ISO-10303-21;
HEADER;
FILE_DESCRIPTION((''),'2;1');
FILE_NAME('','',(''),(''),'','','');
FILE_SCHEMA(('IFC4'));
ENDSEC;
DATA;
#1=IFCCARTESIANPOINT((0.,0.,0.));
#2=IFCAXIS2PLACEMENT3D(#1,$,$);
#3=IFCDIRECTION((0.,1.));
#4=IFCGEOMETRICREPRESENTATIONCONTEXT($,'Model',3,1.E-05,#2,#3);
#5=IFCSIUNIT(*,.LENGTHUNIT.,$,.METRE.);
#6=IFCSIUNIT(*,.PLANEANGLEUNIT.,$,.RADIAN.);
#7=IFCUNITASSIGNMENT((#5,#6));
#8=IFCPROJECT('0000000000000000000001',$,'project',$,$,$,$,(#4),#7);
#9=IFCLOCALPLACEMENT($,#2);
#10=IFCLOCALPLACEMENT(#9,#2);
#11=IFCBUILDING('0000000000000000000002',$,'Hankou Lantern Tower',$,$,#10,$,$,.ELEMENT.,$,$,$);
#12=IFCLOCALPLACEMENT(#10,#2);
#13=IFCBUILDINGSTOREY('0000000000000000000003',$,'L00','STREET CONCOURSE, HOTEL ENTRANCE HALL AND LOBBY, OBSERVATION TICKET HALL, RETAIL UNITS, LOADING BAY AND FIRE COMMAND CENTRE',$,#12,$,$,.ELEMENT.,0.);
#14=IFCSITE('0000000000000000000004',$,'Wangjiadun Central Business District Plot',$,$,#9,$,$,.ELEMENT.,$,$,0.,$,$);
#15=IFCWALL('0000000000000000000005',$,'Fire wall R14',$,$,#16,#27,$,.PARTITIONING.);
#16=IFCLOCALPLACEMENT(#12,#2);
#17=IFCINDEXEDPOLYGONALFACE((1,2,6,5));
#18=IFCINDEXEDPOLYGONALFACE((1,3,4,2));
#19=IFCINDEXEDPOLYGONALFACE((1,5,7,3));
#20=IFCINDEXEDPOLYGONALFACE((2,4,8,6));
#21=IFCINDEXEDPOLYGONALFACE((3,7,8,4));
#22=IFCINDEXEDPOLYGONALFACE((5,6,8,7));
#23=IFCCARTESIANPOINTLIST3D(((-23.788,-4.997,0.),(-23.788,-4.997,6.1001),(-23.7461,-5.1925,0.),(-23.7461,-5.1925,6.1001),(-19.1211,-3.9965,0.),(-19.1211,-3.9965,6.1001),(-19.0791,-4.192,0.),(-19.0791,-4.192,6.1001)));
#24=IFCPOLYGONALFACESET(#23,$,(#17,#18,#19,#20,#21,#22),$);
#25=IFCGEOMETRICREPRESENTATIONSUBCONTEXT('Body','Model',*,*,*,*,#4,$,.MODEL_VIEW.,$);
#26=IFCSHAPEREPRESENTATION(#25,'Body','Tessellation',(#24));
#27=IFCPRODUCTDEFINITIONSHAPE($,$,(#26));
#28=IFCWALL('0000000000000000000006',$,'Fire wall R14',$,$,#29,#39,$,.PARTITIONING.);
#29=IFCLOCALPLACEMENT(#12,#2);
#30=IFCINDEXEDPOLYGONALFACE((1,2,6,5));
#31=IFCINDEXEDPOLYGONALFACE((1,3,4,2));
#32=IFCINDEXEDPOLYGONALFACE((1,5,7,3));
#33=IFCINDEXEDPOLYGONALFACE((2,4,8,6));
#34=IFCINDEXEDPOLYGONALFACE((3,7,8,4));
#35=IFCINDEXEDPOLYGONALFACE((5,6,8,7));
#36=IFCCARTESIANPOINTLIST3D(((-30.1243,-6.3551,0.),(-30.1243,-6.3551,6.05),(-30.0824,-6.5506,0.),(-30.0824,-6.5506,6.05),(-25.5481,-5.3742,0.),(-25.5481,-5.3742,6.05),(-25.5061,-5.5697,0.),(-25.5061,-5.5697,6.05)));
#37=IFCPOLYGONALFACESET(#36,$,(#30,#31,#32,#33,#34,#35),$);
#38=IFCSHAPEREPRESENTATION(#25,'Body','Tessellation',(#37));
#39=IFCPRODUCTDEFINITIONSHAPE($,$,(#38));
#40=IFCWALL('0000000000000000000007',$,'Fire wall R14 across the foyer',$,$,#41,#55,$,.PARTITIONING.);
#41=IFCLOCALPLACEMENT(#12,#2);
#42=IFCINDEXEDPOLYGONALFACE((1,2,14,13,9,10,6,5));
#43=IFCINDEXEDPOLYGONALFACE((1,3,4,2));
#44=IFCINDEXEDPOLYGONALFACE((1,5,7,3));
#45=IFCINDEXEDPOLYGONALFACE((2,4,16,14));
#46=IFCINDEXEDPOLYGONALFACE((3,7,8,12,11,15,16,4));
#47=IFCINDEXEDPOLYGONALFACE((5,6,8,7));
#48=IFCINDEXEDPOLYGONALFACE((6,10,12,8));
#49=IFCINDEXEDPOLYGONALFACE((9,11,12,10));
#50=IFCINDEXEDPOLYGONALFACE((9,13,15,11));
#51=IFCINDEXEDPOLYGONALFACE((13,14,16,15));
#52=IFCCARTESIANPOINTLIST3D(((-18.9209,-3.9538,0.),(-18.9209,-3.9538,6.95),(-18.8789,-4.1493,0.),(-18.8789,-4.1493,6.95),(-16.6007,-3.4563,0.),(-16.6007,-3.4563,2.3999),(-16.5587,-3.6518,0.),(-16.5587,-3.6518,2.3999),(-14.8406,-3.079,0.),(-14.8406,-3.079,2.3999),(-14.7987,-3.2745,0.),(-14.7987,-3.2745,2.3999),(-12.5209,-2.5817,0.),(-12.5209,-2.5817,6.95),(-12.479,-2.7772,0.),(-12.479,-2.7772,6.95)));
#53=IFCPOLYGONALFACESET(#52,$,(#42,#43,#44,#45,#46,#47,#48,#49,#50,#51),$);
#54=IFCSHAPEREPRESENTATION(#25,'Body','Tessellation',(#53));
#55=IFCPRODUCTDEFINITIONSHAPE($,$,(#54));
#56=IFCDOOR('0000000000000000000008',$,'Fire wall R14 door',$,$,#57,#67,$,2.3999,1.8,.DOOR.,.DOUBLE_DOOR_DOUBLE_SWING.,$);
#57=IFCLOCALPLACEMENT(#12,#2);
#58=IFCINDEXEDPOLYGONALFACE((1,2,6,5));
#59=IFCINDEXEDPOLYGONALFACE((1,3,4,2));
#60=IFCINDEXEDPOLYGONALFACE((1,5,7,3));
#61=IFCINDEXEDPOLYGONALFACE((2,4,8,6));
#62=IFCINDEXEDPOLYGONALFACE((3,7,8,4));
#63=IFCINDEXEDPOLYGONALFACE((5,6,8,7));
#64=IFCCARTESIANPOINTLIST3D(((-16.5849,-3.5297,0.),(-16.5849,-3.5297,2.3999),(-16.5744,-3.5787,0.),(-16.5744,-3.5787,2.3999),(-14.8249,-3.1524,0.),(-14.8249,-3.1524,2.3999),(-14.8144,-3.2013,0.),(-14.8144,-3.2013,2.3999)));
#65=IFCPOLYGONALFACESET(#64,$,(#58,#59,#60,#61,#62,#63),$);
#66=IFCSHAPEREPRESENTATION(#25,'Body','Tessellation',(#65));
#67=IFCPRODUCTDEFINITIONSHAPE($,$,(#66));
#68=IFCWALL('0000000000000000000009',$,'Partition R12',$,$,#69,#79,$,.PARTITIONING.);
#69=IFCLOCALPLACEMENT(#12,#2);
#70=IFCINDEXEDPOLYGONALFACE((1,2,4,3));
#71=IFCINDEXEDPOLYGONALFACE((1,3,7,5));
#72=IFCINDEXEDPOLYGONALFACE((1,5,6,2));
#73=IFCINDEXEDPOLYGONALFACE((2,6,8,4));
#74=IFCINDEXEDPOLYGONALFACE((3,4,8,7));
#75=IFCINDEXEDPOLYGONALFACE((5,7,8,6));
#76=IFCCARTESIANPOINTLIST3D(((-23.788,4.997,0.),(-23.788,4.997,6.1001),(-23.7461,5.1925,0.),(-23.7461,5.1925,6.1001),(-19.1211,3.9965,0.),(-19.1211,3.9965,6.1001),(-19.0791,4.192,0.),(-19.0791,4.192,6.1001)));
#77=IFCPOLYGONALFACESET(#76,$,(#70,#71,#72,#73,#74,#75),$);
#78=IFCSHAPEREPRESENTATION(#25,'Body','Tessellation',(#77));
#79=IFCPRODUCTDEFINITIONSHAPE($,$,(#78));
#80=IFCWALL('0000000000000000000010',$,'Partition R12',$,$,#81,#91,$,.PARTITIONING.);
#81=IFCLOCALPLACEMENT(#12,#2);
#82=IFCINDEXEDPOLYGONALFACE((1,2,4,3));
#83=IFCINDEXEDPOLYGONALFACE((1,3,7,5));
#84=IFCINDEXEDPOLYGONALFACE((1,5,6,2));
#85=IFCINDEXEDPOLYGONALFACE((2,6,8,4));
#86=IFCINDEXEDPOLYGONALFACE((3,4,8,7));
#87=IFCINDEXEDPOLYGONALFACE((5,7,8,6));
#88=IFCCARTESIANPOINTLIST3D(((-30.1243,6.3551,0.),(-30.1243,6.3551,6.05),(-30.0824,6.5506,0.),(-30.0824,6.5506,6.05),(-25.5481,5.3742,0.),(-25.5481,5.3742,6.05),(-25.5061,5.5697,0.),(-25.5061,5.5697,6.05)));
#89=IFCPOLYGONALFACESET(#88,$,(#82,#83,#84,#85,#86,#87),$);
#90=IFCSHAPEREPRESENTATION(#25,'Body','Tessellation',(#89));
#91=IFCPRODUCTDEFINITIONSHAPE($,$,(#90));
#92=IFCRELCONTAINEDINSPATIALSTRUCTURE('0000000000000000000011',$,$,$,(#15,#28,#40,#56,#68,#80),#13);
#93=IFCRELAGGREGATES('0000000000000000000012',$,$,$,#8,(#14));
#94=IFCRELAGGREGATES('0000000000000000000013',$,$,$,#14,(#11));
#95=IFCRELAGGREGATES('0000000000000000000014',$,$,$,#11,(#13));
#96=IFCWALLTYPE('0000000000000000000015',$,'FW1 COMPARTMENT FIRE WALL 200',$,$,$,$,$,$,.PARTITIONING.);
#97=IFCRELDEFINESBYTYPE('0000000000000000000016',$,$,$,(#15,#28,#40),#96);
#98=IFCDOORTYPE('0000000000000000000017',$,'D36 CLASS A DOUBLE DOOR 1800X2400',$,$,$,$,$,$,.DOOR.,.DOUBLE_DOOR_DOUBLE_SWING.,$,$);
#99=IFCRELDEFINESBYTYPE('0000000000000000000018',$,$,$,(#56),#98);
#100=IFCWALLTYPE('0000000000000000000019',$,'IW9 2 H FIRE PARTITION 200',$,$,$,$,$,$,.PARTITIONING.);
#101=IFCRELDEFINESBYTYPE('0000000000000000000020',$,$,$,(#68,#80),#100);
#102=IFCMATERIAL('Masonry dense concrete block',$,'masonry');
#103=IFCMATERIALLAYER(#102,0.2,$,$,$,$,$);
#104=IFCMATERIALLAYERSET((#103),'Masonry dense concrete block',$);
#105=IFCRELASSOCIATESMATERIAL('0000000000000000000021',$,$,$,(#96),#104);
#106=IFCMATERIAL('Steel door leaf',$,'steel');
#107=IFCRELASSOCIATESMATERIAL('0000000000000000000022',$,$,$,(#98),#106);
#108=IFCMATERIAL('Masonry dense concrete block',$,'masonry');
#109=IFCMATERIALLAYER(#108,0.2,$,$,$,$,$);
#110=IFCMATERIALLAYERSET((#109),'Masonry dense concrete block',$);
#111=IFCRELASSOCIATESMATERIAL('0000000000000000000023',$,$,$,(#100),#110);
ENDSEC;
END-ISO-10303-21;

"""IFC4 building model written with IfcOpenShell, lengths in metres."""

from ifc_helpers import new_model, si_unit, direction, frame, frame_2d, origin, place, context, subcontext, project, spatial, rectangle, extrude, material, layer, layer_set, type_object, element, fill, save


model = new_model("IFC4")

# Units and contexts
model_context = context("Model", 3, precision=1e-05, world=origin(), true_north=direction((0.0, 1.0)))
body_context = subcontext(model_context, "Body", "Model", "MODEL_VIEW")
ifc_project = project(units=[si_unit("LENGTHUNIT", "METRE"), si_unit("PLANEANGLEUNIT", "RADIAN")], contexts=[model_context])

# Site, building, storey
site_placement = place(None, origin())
site = spatial("IfcSite", under=ifc_project, at=site_placement, Name="Wangjiadun Central Business District Plot", CompositionType="ELEMENT", RefElevation=0.0)
building_placement = place(site_placement, origin())
building = spatial("IfcBuilding", under=site, at=building_placement, Name="Hankou Lantern Tower", CompositionType="ELEMENT")
storey_placement = place(building_placement, origin())
storey = spatial("IfcBuildingStorey", under=building, at=storey_placement, Name="L00", Description="STREET CONCOURSE, HOTEL ENTRANCE HALL AND LOBBY, OBSERVATION TICKET HALL, RETAIL UNITS, LOADING BAY AND FIRE COMMAND CENTRE", CompositionType="ELEMENT", Elevation=0.0)

# Walls
ifc_material_1 = material(Name="Masonry dense concrete block", Category="masonry")
ifc_layer_1 = layer(ifc_material_1, 0.2)
ifc_layer_set_1 = layer_set([ifc_layer_1], Name="Masonry dense concrete block")
wall_type_1 = type_object("IfcWallType", Name="FW1 COMPARTMENT FIRE WALL 200", PredefinedType="PARTITIONING", material=ifc_layer_set_1)
wall_1_placement = place(storey_placement, frame((-19.1001, -4.0942, 0.0), z_axis=(0.0, 0.0, 1.0), x_axis=(-0.977784, -0.209613, 0.0)))
element("IfcWall", 1, at=wall_1_placement, inside=storey, type_object=wall_type_1, Name="Fire wall R14", PredefinedType="PARTITIONING", context=body_context, shape_type="SweptSolid", body=[
    extrude(rectangle(XDim=4.7729, YDim=0.2, at=frame_2d((2.3865, 0.0))), origin(), (0.0, 0.0, 1.0), 6.1001),
])
wall_2_placement = place(storey_placement, frame((-25.5271, -5.4719, 0.0), z_axis=(0.0, 0.0, 1.0), x_axis=(-0.977787, -0.2096, 0.0)))
element("IfcWall", 2, at=wall_2_placement, inside=storey, type_object=wall_type_1, Name="Fire wall R14", PredefinedType="PARTITIONING", context=body_context, shape_type="SweptSolid", body=[
    extrude(rectangle(XDim=4.6802, YDim=0.2, at=frame_2d((2.3401, 0.0))), origin(), (0.0, 0.0, 1.0), 6.05),
])

# Wall, opening, door
wall_3_placement = place(storey_placement, frame((-18.8999, -4.0515, 0.0), z_axis=(0.0, 0.0, 1.0), x_axis=(0.977782, 0.209626, 0.0)))
wall_3 = element("IfcWall", 3, at=wall_3_placement, inside=storey, type_object=wall_type_1, Name="Fire wall R14 across the foyer", PredefinedType="PARTITIONING", context=body_context, shape_type="SweptSolid", body=[
    extrude(rectangle(XDim=6.5454, YDim=0.2, at=frame_2d((3.2727, 0.0))), origin(), (0.0, 0.0, 1.0), 6.95),
])
opening_placement = place(wall_3_placement, frame((2.373, 0.0, 0.0)))
opening = element("IfcOpeningElement", 4, at=opening_placement, cuts=wall_3, PredefinedType="OPENING", context=body_context, shape_type="SweptSolid", body=[
    extrude(rectangle(XDim=1.8, YDim=2.3999, at=frame_2d((0.8999, 1.2))), frame((0.0, 0.1099, 0.0), z_axis=(0.0, -1.0, 0.0), x_axis=(1.0, 0.0, 0.0)), (0.0, 0.0, 1.0), 0.22),
])
ifc_material_2 = material(Name="Steel door leaf", Category="steel")
door_type = type_object("IfcDoorType", Name="D36 CLASS A DOUBLE DOOR 1800X2400", OperationType="DOUBLE_DOOR_DOUBLE_SWING", PredefinedType="DOOR", material=ifc_material_2)
door_placement = place(opening_placement, origin())
door = element("IfcDoor", 5, at=door_placement, inside=storey, type_object=door_type, Name="Fire wall R14 door", OperationType="DOUBLE_DOOR_DOUBLE_SWING", OverallHeight=2.3999, OverallWidth=1.8, PredefinedType="DOOR", context=body_context, shape_type="SweptSolid", body=[
    extrude(rectangle(XDim=1.8, YDim=2.3999, at=frame_2d((0.8999, 1.2))), frame((0.0, 0.0249, 0.0), z_axis=(0.0, -1.0, 0.0), x_axis=(1.0, 0.0, 0.0)), (0.0, 0.0, 1.0), 0.05),
])
fill(opening, door)

# Walls
ifc_material_3 = material(Name="Masonry dense concrete block", Category="masonry")
ifc_layer_2 = layer(ifc_material_3, 0.2)
ifc_layer_set_2 = layer_set([ifc_layer_2], Name="Masonry dense concrete block")
wall_type_2 = type_object("IfcWallType", Name="IW9 2 H FIRE PARTITION 200", PredefinedType="PARTITIONING", material=ifc_layer_set_2)
wall_4_placement = place(storey_placement, frame((-19.1001, 4.0942, 0.0), z_axis=(0.0, 0.0, 1.0), x_axis=(-0.977784, 0.209613, 0.0)))
element("IfcWall", 6, at=wall_4_placement, inside=storey, type_object=wall_type_2, Name="Partition R12", PredefinedType="PARTITIONING", context=body_context, shape_type="SweptSolid", body=[
    extrude(rectangle(XDim=4.7729, YDim=0.2, at=frame_2d((2.3865, 0.0))), origin(), (0.0, 0.0, 1.0), 6.1001),
])
wall_5_placement = place(storey_placement, frame((-25.5271, 5.4719, 0.0), z_axis=(0.0, 0.0, 1.0), x_axis=(-0.977787, 0.2096, 0.0)))
element("IfcWall", 7, at=wall_5_placement, inside=storey, type_object=wall_type_2, Name="Partition R12", PredefinedType="PARTITIONING", context=body_context, shape_type="SweptSolid", body=[
    extrude(rectangle(XDim=4.6802, YDim=0.2, at=frame_2d((2.3401, 0.0))), origin(), (0.0, 0.0, 1.0), 6.05),
])

save(model, "model.ifc")
